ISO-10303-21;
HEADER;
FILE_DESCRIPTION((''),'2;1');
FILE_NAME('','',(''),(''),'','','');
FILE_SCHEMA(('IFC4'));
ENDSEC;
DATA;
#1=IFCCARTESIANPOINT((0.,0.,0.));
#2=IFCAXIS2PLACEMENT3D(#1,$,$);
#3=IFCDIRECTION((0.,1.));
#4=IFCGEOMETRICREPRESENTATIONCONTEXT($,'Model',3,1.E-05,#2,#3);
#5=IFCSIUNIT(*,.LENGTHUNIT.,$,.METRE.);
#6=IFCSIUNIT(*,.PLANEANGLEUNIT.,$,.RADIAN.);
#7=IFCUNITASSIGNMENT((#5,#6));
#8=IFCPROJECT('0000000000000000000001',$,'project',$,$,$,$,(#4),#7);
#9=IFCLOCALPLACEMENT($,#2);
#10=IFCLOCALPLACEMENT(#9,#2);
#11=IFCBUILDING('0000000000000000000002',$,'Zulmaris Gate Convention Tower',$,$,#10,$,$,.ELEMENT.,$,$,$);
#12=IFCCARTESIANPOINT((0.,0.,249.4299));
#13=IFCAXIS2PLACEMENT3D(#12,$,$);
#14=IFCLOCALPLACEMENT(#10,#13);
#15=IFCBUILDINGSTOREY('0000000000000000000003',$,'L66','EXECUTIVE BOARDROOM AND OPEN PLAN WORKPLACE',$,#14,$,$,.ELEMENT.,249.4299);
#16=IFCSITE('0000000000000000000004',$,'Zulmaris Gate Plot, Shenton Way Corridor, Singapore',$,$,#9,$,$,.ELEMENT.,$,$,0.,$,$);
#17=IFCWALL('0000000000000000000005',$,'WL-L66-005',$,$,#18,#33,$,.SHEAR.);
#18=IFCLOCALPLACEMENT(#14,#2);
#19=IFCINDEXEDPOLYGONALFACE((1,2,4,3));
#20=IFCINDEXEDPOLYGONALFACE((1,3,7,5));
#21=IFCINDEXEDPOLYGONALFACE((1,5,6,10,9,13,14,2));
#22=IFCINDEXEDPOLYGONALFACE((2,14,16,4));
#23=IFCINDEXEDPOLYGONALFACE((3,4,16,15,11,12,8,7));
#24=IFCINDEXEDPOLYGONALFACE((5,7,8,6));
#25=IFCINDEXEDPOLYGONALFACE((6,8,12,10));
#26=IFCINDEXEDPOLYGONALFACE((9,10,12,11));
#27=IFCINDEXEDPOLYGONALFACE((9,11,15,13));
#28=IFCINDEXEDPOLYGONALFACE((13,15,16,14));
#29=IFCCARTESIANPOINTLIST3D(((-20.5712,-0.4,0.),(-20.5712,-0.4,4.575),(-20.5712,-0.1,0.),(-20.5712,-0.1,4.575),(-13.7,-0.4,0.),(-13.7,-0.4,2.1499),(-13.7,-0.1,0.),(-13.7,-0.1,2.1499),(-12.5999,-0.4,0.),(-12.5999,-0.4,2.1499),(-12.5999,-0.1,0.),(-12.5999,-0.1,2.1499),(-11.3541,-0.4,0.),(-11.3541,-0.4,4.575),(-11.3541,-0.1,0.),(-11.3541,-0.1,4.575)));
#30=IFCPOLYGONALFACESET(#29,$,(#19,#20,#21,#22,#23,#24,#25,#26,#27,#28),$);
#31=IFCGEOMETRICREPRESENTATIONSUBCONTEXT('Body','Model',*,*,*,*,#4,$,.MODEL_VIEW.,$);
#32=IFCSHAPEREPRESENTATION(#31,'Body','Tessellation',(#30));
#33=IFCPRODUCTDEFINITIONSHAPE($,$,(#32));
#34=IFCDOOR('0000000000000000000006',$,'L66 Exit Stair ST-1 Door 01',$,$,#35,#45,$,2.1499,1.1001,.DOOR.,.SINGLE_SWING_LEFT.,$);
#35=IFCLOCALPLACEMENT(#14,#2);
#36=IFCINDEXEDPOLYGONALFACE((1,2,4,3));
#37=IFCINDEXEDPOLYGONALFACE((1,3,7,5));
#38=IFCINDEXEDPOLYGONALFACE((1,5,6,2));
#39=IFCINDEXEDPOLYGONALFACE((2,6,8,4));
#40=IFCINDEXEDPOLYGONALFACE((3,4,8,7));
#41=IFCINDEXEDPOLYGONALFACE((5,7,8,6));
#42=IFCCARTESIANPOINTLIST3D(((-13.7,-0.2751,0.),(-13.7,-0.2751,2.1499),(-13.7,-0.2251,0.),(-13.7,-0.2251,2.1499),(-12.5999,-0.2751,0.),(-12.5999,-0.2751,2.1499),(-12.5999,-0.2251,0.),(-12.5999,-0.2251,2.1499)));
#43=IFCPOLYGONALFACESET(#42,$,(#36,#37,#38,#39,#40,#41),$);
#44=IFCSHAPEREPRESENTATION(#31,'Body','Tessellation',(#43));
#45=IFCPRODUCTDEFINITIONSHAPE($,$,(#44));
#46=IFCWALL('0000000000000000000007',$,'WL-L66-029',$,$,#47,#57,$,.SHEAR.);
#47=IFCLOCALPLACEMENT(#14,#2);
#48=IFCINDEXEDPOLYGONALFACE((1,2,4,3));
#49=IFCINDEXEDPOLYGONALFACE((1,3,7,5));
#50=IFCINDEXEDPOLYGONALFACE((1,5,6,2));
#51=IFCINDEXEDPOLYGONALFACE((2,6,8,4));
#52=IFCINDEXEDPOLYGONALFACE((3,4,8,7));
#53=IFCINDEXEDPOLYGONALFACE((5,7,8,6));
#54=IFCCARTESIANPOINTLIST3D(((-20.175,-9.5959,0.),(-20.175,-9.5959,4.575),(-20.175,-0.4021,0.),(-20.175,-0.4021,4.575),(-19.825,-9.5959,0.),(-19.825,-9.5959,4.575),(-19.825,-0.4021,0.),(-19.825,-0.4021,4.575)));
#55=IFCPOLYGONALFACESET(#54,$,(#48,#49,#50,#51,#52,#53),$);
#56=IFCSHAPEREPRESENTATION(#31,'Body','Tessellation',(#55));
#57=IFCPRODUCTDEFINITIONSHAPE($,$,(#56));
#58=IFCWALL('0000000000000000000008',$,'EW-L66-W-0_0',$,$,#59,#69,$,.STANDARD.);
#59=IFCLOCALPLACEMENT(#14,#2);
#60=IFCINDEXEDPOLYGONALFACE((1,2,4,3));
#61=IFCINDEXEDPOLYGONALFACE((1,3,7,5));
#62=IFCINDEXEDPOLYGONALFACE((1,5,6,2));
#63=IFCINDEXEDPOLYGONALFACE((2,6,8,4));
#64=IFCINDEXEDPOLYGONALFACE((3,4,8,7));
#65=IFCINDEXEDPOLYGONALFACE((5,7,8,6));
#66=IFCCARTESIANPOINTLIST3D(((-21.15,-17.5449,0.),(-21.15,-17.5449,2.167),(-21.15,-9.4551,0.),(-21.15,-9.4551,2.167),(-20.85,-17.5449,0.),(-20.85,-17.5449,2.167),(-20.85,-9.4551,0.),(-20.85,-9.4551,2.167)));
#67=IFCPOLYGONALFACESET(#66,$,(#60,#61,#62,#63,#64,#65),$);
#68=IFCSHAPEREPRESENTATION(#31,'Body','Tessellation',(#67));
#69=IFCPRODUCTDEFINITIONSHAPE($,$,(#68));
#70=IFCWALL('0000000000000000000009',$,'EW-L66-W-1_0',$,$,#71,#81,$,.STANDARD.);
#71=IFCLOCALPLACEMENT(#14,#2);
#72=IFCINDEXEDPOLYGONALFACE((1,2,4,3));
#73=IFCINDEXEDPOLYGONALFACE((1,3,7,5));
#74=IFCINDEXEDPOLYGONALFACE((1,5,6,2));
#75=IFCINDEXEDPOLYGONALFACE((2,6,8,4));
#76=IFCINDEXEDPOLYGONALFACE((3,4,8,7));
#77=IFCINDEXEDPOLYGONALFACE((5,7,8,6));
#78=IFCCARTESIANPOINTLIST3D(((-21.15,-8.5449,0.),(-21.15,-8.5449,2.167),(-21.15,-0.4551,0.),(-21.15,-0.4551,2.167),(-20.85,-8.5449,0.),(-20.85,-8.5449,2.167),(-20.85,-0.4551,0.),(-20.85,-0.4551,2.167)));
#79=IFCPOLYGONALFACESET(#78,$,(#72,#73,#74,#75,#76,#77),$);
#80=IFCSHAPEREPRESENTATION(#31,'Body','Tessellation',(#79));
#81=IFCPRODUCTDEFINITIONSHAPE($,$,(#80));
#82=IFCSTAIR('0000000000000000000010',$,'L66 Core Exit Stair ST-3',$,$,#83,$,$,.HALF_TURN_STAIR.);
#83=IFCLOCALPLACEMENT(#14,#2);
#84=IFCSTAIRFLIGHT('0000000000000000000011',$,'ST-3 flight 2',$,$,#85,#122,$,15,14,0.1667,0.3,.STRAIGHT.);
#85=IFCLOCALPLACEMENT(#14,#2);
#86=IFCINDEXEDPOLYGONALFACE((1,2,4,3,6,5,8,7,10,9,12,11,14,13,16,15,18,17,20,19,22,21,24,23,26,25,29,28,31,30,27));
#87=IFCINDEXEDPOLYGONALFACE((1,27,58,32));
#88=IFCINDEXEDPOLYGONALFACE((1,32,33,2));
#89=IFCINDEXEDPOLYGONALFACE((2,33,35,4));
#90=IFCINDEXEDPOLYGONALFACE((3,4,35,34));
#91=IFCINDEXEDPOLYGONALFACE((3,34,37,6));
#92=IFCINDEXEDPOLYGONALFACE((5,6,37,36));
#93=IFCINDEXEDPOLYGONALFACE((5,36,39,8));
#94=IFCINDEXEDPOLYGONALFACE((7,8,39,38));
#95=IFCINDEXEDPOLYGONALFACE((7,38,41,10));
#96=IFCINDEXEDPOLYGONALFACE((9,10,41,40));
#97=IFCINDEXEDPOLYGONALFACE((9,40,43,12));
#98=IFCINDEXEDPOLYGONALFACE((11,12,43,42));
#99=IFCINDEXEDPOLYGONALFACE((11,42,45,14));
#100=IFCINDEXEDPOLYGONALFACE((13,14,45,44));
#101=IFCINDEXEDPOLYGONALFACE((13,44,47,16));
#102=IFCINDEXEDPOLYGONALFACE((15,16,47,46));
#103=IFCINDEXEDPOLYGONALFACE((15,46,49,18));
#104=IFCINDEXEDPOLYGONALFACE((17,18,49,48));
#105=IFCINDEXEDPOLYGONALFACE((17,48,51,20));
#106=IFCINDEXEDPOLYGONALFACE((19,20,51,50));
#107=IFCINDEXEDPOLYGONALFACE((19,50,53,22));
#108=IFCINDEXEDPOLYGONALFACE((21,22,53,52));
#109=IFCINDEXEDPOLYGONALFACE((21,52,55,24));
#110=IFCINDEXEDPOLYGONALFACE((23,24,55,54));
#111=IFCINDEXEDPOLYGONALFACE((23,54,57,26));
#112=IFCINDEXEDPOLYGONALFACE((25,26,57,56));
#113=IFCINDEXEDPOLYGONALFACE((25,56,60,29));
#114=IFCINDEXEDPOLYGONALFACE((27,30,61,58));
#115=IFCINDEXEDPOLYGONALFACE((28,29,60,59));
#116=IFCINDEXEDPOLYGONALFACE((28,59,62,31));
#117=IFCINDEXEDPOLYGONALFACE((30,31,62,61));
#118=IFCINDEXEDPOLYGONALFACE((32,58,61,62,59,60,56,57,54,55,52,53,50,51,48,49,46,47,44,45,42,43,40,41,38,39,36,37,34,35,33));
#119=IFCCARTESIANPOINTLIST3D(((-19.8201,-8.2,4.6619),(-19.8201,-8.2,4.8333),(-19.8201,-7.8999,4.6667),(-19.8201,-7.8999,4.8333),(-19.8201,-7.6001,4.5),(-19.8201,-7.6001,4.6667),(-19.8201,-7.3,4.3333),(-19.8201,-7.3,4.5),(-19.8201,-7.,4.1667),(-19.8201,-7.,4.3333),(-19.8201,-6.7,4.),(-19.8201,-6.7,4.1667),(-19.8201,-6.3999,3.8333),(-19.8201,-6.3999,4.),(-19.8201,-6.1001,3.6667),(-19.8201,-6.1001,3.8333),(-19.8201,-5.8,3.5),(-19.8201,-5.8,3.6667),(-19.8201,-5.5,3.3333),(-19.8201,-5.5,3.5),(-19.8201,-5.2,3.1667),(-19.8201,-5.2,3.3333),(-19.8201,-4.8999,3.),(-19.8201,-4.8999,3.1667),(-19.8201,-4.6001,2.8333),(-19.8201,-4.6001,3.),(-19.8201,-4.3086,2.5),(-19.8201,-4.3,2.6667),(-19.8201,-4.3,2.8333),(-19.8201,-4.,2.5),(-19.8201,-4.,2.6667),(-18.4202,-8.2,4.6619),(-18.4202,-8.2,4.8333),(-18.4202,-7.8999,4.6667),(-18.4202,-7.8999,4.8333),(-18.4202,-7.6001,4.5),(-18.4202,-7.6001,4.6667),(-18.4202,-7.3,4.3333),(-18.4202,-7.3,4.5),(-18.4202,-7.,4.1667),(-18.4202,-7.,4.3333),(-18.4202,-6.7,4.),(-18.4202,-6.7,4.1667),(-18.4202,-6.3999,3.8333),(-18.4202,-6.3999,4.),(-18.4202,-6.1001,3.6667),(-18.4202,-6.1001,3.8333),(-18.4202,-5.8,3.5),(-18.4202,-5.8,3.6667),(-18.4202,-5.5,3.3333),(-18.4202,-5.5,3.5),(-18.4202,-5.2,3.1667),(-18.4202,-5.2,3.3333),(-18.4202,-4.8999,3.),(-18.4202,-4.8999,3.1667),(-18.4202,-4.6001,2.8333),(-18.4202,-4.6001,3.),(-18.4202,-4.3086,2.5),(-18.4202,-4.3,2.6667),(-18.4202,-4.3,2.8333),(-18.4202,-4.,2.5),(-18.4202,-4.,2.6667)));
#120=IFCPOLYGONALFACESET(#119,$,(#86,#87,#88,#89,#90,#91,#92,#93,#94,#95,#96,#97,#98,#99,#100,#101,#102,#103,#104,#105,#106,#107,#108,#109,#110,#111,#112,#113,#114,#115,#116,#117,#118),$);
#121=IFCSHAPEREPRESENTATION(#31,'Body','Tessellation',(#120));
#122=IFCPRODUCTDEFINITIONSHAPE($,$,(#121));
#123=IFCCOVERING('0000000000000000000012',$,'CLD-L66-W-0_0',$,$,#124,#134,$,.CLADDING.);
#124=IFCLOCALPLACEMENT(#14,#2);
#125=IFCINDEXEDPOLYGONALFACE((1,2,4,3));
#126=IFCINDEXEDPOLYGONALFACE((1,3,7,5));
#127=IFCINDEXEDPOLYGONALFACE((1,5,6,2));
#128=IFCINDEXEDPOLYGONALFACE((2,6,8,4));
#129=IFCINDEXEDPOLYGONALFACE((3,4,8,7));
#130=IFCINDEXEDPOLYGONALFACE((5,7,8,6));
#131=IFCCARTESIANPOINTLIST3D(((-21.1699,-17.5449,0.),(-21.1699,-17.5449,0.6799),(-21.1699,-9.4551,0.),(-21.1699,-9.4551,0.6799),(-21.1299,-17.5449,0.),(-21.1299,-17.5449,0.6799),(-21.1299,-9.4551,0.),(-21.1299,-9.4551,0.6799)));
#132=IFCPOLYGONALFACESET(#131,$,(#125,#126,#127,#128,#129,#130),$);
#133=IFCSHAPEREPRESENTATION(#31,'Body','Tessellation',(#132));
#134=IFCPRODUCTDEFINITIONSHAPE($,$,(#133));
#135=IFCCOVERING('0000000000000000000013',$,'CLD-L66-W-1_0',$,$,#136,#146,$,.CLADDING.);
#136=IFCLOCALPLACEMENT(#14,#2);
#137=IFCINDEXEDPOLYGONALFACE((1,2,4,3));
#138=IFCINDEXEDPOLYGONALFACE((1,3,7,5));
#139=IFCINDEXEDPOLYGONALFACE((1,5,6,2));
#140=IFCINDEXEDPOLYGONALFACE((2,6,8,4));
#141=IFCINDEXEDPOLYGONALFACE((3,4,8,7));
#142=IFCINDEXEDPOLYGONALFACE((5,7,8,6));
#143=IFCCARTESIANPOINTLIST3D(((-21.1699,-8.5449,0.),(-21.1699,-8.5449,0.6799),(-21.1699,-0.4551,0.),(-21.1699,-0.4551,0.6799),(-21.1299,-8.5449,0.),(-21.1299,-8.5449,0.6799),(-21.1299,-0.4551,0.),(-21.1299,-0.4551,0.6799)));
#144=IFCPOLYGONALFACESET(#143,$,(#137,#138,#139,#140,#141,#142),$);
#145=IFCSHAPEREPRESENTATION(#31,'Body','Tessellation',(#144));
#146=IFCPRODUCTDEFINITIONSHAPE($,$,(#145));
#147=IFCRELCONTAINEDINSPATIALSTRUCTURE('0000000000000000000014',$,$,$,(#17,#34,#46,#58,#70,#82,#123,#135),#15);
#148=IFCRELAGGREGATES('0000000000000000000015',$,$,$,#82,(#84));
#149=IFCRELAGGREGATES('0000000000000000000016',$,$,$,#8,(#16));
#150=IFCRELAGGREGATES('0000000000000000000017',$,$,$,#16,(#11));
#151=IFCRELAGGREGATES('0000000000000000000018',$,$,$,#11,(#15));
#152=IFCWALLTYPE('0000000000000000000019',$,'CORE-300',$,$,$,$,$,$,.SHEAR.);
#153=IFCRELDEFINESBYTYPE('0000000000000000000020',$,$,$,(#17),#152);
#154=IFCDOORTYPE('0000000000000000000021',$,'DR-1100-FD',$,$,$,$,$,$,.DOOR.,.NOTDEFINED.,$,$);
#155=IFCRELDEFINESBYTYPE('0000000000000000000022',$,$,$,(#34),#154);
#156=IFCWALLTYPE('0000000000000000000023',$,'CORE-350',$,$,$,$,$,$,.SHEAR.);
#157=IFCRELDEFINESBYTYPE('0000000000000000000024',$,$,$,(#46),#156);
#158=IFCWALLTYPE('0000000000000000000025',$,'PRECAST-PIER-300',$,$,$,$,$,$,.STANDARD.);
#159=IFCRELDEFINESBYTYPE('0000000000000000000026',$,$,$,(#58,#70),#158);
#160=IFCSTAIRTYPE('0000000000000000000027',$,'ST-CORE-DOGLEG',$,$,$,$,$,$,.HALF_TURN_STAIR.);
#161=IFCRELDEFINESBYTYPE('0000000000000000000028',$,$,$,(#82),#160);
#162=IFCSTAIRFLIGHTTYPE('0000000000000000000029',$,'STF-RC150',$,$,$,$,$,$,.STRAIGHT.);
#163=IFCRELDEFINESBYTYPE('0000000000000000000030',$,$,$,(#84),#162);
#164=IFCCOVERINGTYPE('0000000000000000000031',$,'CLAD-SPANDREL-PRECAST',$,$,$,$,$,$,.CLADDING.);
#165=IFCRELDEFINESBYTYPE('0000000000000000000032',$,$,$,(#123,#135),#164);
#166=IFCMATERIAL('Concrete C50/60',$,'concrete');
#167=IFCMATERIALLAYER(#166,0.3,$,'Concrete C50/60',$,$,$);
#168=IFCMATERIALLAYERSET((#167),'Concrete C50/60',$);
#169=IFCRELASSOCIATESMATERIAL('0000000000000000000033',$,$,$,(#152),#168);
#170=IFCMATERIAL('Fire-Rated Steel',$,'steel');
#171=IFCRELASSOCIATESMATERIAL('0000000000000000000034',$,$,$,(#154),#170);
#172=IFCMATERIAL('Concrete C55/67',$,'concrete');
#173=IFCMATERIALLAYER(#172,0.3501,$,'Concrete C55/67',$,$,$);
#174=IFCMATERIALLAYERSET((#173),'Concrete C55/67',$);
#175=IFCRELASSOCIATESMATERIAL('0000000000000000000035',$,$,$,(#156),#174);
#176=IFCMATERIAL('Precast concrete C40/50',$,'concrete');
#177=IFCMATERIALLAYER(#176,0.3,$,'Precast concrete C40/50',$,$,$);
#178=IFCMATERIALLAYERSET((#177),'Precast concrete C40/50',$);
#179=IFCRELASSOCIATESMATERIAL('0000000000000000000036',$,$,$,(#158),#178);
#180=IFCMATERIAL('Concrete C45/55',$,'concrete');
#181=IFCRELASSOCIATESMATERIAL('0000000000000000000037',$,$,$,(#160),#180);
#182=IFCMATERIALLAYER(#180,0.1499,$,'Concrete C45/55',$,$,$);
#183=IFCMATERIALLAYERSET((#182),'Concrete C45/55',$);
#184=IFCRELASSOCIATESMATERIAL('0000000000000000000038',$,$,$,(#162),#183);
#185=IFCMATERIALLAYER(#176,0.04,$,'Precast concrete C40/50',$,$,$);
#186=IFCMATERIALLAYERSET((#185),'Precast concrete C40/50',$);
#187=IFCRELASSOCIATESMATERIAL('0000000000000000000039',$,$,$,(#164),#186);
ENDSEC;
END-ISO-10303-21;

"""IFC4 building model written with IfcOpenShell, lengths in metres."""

from ifc_helpers import new_model, si_unit, direction, frame, frame_2d, origin, place, context, subcontext, project, spatial, polyline, rectangle, outline, extrude, material, layer, layer_set, type_object, element, fill, aggregate, save


model = new_model("IFC4")

# Units and contexts
model_context = context("Model", 3, precision=1e-05, world=origin(), true_north=direction((0.0, 1.0)))
body_context = subcontext(model_context, "Body", "Model", "MODEL_VIEW")
ifc_project = project(units=[si_unit("LENGTHUNIT", "METRE"), si_unit("PLANEANGLEUNIT", "RADIAN")], contexts=[model_context])

# Site, building, storey
site_placement = place(None, origin())
site = spatial("IfcSite", under=ifc_project, at=site_placement, Name="Zulmaris Gate Plot, Shenton Way Corridor, Singapore", CompositionType="ELEMENT", RefElevation=0.0)
building_placement = place(site_placement, origin())
building = spatial("IfcBuilding", under=site, at=building_placement, Name="Zulmaris Gate Convention Tower", CompositionType="ELEMENT")
storey_placement = place(building_placement, frame((0.0, 0.0, 249.4299)))
storey = spatial("IfcBuildingStorey", under=building, at=storey_placement, Name="L66", Description="EXECUTIVE BOARDROOM AND OPEN PLAN WORKPLACE", CompositionType="ELEMENT", Elevation=249.4299)

# Shared definitions
ifc_material_1 = material(Name="Concrete C50/60", Category="concrete")

# Wall, opening, door
ifc_layer_1 = layer(ifc_material_1, 0.3, Name="Concrete C50/60")
ifc_layer_set_1 = layer_set([ifc_layer_1], Name="Concrete C50/60")
wall_type_1 = type_object("IfcWallType", Name="CORE-300", PredefinedType="SHEAR", material=ifc_layer_set_1)
wall_1_placement = place(storey_placement, frame((-20.571, -0.25, 0.0), z_axis=(0.0, 0.0, 1.0), x_axis=(1.0, 0.0, 0.0)))
wall_1 = element("IfcWall", 1, at=wall_1_placement, inside=storey, type_object=wall_type_1, Name="WL-L66-005", PredefinedType="SHEAR", context=body_context, shape_type="SweptSolid", body=[
    extrude(rectangle(XDim=9.217, YDim=0.3, at=frame_2d((4.6084, 0.0))), origin(), (0.0, 0.0, 1.0), 4.575),
])
opening_1_placement = place(wall_1_placement, frame((6.8711, 0.0, 0.0)))
opening_1 = element("IfcOpeningElement", 2, at=opening_1_placement, cuts=wall_1, PredefinedType="OPENING", context=body_context, shape_type="SweptSolid", body=[
    extrude(rectangle(XDim=1.1001, YDim=2.1499, at=frame_2d((0.55, 1.075))), frame((0.0, 0.1602, 0.0), z_axis=(0.0, -1.0, 0.0), x_axis=(1.0, 0.0, 0.0)), (0.0, 0.0, 1.0), 0.3201),
])
ifc_material_2 = material(Name="Fire-Rated Steel", Category="steel")
door_type_1 = type_object("IfcDoorType", Name="DR-1100-FD", OperationType="NOTDEFINED", PredefinedType="DOOR", material=ifc_material_2)
door_1_placement = place(opening_1_placement, origin())
door_1 = element("IfcDoor", 3, at=door_1_placement, inside=storey, type_object=door_type_1, Name="L66 Exit Stair ST-1 Door 01", OperationType="SINGLE_SWING_LEFT", OverallHeight=2.1499, OverallWidth=1.1001, PredefinedType="DOOR", context=body_context, shape_type="SweptSolid", body=[
    extrude(rectangle(XDim=1.1001, YDim=2.1499, at=frame_2d((0.55, 1.075))), frame((0.0, 0.0249, 0.0), z_axis=(0.0, -1.0, 0.0), x_axis=(1.0, 0.0, 0.0)), (0.0, 0.0, 1.0), 0.05),
])
fill(opening_1, door_1)
ifc_material_3 = material(Name="Concrete C55/67", Category="concrete")
ifc_layer_2 = layer(ifc_material_3, 0.3501, Name="Concrete C55/67")
ifc_layer_set_2 = layer_set([ifc_layer_2], Name="Concrete C55/67")
wall_type_2 = type_object("IfcWallType", Name="CORE-350", PredefinedType="SHEAR", material=ifc_layer_set_2)

# Walls
wall_2_placement = place(storey_placement, frame((-20.0, -9.5959, 0.0), z_axis=(0.0, 0.0, 1.0), x_axis=(0.0, 1.0, 0.0)))
element("IfcWall", 4, at=wall_2_placement, inside=storey, type_object=wall_type_2, Name="WL-L66-029", PredefinedType="SHEAR", context=body_context, shape_type="SweptSolid", body=[
    extrude(rectangle(XDim=9.1938, YDim=0.3501, at=frame_2d((4.5969, 0.0))), origin(), (0.0, 0.0, 1.0), 4.575),
])
ifc_material_4 = material(Name="Precast concrete C40/50", Category="concrete")
ifc_layer_3 = layer(ifc_material_4, 0.3, Name="Precast concrete C40/50")
ifc_layer_set_3 = layer_set([ifc_layer_3], Name="Precast concrete C40/50")
wall_type_3 = type_object("IfcWallType", Name="PRECAST-PIER-300", PredefinedType="STANDARD", material=ifc_layer_set_3)
for number, where, z_axis, x_axis, name in (
    (5, (-21.0, -9.4551, 0.0), (0.0, 0.0, 1.0), (0.0, -1.0, 0.0), "EW-L66-W-0_0"),
    (6, (-21.0, -0.4551, 0.0), (0.0, 0.0, 1.0), (0.0, -1.0, 0.0), "EW-L66-W-1_0"),
):
    element("IfcWall", number, at=place(storey_placement, frame(where, z_axis=z_axis, x_axis=x_axis)), inside=storey, type_object=wall_type_3, Name=name, PredefinedType="STANDARD", context=body_context, shape_type="SweptSolid", body=[
        extrude(rectangle(XDim=8.0898, YDim=0.3, at=frame_2d((4.0449, 0.0))), origin(), (0.0, 0.0, 1.0), 2.167),
    ])

# Stair, stair flight
ifc_material_5 = material(Name="Concrete C45/55", Category="concrete")
stair_type = type_object("IfcStairType", Name="ST-CORE-DOGLEG", PredefinedType="HALF_TURN_STAIR", material=ifc_material_5)
stair_placement = place(storey_placement, origin())
stair = element("IfcStair", 7, at=stair_placement, inside=storey, type_object=stair_type, Name="L66 Core Exit Stair ST-3", PredefinedType="HALF_TURN_STAIR")
ifc_layer_4 = layer(ifc_material_5, 0.1499, Name="Concrete C45/55")
ifc_layer_set_4 = layer_set([ifc_layer_4], Name="Concrete C45/55")
stair_flight_type = type_object("IfcStairFlightType", Name="STF-RC150", PredefinedType="STRAIGHT", material=ifc_layer_set_4)
stair_flight_placement = place(storey_placement, frame((-19.1201, -4.0, 2.5), z_axis=(0.0, 0.0, 1.0), x_axis=(0.0, -1.0, 0.0)))
stair_flight = element("IfcStairFlight", 8, at=stair_flight_placement, type_object=stair_flight_type, Name="ST-3 flight 2", NumberOfRisers=15, NumberOfTreads=14, PredefinedType="STRAIGHT", RiserHeight=0.1667, TreadLength=0.3, context=body_context, shape_type="SweptSolid", body=[
    extrude(outline(polyline([(0.0, 0.0), (0.0, 0.1667), (0.3, 0.1667), (0.3, 0.3333), (0.6001, 0.3333), (0.6001, 0.5), (0.8999, 0.5), (0.8999, 0.6667), (1.2, 0.6667), (1.2, 0.8333), (1.5, 0.8333), (1.5, 1.0), (1.8, 1.0), (1.8, 1.1667), (2.1001, 1.1667), (2.1001, 1.3333), (2.3999, 1.3333), (2.3999, 1.5), (2.7, 1.5), (2.7, 1.6667), (3.0, 1.6667), (3.0, 1.8333), (3.3, 1.8333), (3.3, 2.0), (3.6001, 2.0), (3.6001, 2.1667), (3.8999, 2.1667), (3.8999, 2.3333), (4.2, 2.3333), (4.2, 2.5), (4.2, 2.1619), (0.3086, 0.0), (0.0, 0.0)])), frame((0.0, 0.7, 0.0), z_axis=(0.0, -1.0, 0.0), x_axis=(1.0, 0.0, 0.0)), (0.0, 0.0, 1.0), 1.3999),
])
aggregate(stair, [stair_flight])

# Coverings
ifc_layer_5 = layer(ifc_material_4, 0.04, Name="Precast concrete C40/50")
ifc_layer_set_5 = layer_set([ifc_layer_5], Name="Precast concrete C40/50")
covering_type = type_object("IfcCoveringType", Name="CLAD-SPANDREL-PRECAST", PredefinedType="CLADDING", material=ifc_layer_set_5)
for number, where, z_axis, x_axis, name in (
    (9, (-21.1499, -9.4551, 0.0), (0.0, 0.0, 1.0), (0.0, -1.0, 0.0), "CLD-L66-W-0_0"),
    (10, (-21.1499, -0.4551, 0.0), (0.0, 0.0, 1.0), (0.0, -1.0, 0.0), "CLD-L66-W-1_0"),
):
    element("IfcCovering", number, at=place(storey_placement, frame(where, z_axis=z_axis, x_axis=x_axis)), inside=storey, type_object=covering_type, Name=name, PredefinedType="CLADDING", context=body_context, shape_type="SweptSolid", body=[
        extrude(rectangle(XDim=8.0898, YDim=0.04, at=frame_2d((4.0449, 0.0))), origin(), (0.0, 0.0, 1.0), 0.6799),
    ])

save(model, "model.ifc")
